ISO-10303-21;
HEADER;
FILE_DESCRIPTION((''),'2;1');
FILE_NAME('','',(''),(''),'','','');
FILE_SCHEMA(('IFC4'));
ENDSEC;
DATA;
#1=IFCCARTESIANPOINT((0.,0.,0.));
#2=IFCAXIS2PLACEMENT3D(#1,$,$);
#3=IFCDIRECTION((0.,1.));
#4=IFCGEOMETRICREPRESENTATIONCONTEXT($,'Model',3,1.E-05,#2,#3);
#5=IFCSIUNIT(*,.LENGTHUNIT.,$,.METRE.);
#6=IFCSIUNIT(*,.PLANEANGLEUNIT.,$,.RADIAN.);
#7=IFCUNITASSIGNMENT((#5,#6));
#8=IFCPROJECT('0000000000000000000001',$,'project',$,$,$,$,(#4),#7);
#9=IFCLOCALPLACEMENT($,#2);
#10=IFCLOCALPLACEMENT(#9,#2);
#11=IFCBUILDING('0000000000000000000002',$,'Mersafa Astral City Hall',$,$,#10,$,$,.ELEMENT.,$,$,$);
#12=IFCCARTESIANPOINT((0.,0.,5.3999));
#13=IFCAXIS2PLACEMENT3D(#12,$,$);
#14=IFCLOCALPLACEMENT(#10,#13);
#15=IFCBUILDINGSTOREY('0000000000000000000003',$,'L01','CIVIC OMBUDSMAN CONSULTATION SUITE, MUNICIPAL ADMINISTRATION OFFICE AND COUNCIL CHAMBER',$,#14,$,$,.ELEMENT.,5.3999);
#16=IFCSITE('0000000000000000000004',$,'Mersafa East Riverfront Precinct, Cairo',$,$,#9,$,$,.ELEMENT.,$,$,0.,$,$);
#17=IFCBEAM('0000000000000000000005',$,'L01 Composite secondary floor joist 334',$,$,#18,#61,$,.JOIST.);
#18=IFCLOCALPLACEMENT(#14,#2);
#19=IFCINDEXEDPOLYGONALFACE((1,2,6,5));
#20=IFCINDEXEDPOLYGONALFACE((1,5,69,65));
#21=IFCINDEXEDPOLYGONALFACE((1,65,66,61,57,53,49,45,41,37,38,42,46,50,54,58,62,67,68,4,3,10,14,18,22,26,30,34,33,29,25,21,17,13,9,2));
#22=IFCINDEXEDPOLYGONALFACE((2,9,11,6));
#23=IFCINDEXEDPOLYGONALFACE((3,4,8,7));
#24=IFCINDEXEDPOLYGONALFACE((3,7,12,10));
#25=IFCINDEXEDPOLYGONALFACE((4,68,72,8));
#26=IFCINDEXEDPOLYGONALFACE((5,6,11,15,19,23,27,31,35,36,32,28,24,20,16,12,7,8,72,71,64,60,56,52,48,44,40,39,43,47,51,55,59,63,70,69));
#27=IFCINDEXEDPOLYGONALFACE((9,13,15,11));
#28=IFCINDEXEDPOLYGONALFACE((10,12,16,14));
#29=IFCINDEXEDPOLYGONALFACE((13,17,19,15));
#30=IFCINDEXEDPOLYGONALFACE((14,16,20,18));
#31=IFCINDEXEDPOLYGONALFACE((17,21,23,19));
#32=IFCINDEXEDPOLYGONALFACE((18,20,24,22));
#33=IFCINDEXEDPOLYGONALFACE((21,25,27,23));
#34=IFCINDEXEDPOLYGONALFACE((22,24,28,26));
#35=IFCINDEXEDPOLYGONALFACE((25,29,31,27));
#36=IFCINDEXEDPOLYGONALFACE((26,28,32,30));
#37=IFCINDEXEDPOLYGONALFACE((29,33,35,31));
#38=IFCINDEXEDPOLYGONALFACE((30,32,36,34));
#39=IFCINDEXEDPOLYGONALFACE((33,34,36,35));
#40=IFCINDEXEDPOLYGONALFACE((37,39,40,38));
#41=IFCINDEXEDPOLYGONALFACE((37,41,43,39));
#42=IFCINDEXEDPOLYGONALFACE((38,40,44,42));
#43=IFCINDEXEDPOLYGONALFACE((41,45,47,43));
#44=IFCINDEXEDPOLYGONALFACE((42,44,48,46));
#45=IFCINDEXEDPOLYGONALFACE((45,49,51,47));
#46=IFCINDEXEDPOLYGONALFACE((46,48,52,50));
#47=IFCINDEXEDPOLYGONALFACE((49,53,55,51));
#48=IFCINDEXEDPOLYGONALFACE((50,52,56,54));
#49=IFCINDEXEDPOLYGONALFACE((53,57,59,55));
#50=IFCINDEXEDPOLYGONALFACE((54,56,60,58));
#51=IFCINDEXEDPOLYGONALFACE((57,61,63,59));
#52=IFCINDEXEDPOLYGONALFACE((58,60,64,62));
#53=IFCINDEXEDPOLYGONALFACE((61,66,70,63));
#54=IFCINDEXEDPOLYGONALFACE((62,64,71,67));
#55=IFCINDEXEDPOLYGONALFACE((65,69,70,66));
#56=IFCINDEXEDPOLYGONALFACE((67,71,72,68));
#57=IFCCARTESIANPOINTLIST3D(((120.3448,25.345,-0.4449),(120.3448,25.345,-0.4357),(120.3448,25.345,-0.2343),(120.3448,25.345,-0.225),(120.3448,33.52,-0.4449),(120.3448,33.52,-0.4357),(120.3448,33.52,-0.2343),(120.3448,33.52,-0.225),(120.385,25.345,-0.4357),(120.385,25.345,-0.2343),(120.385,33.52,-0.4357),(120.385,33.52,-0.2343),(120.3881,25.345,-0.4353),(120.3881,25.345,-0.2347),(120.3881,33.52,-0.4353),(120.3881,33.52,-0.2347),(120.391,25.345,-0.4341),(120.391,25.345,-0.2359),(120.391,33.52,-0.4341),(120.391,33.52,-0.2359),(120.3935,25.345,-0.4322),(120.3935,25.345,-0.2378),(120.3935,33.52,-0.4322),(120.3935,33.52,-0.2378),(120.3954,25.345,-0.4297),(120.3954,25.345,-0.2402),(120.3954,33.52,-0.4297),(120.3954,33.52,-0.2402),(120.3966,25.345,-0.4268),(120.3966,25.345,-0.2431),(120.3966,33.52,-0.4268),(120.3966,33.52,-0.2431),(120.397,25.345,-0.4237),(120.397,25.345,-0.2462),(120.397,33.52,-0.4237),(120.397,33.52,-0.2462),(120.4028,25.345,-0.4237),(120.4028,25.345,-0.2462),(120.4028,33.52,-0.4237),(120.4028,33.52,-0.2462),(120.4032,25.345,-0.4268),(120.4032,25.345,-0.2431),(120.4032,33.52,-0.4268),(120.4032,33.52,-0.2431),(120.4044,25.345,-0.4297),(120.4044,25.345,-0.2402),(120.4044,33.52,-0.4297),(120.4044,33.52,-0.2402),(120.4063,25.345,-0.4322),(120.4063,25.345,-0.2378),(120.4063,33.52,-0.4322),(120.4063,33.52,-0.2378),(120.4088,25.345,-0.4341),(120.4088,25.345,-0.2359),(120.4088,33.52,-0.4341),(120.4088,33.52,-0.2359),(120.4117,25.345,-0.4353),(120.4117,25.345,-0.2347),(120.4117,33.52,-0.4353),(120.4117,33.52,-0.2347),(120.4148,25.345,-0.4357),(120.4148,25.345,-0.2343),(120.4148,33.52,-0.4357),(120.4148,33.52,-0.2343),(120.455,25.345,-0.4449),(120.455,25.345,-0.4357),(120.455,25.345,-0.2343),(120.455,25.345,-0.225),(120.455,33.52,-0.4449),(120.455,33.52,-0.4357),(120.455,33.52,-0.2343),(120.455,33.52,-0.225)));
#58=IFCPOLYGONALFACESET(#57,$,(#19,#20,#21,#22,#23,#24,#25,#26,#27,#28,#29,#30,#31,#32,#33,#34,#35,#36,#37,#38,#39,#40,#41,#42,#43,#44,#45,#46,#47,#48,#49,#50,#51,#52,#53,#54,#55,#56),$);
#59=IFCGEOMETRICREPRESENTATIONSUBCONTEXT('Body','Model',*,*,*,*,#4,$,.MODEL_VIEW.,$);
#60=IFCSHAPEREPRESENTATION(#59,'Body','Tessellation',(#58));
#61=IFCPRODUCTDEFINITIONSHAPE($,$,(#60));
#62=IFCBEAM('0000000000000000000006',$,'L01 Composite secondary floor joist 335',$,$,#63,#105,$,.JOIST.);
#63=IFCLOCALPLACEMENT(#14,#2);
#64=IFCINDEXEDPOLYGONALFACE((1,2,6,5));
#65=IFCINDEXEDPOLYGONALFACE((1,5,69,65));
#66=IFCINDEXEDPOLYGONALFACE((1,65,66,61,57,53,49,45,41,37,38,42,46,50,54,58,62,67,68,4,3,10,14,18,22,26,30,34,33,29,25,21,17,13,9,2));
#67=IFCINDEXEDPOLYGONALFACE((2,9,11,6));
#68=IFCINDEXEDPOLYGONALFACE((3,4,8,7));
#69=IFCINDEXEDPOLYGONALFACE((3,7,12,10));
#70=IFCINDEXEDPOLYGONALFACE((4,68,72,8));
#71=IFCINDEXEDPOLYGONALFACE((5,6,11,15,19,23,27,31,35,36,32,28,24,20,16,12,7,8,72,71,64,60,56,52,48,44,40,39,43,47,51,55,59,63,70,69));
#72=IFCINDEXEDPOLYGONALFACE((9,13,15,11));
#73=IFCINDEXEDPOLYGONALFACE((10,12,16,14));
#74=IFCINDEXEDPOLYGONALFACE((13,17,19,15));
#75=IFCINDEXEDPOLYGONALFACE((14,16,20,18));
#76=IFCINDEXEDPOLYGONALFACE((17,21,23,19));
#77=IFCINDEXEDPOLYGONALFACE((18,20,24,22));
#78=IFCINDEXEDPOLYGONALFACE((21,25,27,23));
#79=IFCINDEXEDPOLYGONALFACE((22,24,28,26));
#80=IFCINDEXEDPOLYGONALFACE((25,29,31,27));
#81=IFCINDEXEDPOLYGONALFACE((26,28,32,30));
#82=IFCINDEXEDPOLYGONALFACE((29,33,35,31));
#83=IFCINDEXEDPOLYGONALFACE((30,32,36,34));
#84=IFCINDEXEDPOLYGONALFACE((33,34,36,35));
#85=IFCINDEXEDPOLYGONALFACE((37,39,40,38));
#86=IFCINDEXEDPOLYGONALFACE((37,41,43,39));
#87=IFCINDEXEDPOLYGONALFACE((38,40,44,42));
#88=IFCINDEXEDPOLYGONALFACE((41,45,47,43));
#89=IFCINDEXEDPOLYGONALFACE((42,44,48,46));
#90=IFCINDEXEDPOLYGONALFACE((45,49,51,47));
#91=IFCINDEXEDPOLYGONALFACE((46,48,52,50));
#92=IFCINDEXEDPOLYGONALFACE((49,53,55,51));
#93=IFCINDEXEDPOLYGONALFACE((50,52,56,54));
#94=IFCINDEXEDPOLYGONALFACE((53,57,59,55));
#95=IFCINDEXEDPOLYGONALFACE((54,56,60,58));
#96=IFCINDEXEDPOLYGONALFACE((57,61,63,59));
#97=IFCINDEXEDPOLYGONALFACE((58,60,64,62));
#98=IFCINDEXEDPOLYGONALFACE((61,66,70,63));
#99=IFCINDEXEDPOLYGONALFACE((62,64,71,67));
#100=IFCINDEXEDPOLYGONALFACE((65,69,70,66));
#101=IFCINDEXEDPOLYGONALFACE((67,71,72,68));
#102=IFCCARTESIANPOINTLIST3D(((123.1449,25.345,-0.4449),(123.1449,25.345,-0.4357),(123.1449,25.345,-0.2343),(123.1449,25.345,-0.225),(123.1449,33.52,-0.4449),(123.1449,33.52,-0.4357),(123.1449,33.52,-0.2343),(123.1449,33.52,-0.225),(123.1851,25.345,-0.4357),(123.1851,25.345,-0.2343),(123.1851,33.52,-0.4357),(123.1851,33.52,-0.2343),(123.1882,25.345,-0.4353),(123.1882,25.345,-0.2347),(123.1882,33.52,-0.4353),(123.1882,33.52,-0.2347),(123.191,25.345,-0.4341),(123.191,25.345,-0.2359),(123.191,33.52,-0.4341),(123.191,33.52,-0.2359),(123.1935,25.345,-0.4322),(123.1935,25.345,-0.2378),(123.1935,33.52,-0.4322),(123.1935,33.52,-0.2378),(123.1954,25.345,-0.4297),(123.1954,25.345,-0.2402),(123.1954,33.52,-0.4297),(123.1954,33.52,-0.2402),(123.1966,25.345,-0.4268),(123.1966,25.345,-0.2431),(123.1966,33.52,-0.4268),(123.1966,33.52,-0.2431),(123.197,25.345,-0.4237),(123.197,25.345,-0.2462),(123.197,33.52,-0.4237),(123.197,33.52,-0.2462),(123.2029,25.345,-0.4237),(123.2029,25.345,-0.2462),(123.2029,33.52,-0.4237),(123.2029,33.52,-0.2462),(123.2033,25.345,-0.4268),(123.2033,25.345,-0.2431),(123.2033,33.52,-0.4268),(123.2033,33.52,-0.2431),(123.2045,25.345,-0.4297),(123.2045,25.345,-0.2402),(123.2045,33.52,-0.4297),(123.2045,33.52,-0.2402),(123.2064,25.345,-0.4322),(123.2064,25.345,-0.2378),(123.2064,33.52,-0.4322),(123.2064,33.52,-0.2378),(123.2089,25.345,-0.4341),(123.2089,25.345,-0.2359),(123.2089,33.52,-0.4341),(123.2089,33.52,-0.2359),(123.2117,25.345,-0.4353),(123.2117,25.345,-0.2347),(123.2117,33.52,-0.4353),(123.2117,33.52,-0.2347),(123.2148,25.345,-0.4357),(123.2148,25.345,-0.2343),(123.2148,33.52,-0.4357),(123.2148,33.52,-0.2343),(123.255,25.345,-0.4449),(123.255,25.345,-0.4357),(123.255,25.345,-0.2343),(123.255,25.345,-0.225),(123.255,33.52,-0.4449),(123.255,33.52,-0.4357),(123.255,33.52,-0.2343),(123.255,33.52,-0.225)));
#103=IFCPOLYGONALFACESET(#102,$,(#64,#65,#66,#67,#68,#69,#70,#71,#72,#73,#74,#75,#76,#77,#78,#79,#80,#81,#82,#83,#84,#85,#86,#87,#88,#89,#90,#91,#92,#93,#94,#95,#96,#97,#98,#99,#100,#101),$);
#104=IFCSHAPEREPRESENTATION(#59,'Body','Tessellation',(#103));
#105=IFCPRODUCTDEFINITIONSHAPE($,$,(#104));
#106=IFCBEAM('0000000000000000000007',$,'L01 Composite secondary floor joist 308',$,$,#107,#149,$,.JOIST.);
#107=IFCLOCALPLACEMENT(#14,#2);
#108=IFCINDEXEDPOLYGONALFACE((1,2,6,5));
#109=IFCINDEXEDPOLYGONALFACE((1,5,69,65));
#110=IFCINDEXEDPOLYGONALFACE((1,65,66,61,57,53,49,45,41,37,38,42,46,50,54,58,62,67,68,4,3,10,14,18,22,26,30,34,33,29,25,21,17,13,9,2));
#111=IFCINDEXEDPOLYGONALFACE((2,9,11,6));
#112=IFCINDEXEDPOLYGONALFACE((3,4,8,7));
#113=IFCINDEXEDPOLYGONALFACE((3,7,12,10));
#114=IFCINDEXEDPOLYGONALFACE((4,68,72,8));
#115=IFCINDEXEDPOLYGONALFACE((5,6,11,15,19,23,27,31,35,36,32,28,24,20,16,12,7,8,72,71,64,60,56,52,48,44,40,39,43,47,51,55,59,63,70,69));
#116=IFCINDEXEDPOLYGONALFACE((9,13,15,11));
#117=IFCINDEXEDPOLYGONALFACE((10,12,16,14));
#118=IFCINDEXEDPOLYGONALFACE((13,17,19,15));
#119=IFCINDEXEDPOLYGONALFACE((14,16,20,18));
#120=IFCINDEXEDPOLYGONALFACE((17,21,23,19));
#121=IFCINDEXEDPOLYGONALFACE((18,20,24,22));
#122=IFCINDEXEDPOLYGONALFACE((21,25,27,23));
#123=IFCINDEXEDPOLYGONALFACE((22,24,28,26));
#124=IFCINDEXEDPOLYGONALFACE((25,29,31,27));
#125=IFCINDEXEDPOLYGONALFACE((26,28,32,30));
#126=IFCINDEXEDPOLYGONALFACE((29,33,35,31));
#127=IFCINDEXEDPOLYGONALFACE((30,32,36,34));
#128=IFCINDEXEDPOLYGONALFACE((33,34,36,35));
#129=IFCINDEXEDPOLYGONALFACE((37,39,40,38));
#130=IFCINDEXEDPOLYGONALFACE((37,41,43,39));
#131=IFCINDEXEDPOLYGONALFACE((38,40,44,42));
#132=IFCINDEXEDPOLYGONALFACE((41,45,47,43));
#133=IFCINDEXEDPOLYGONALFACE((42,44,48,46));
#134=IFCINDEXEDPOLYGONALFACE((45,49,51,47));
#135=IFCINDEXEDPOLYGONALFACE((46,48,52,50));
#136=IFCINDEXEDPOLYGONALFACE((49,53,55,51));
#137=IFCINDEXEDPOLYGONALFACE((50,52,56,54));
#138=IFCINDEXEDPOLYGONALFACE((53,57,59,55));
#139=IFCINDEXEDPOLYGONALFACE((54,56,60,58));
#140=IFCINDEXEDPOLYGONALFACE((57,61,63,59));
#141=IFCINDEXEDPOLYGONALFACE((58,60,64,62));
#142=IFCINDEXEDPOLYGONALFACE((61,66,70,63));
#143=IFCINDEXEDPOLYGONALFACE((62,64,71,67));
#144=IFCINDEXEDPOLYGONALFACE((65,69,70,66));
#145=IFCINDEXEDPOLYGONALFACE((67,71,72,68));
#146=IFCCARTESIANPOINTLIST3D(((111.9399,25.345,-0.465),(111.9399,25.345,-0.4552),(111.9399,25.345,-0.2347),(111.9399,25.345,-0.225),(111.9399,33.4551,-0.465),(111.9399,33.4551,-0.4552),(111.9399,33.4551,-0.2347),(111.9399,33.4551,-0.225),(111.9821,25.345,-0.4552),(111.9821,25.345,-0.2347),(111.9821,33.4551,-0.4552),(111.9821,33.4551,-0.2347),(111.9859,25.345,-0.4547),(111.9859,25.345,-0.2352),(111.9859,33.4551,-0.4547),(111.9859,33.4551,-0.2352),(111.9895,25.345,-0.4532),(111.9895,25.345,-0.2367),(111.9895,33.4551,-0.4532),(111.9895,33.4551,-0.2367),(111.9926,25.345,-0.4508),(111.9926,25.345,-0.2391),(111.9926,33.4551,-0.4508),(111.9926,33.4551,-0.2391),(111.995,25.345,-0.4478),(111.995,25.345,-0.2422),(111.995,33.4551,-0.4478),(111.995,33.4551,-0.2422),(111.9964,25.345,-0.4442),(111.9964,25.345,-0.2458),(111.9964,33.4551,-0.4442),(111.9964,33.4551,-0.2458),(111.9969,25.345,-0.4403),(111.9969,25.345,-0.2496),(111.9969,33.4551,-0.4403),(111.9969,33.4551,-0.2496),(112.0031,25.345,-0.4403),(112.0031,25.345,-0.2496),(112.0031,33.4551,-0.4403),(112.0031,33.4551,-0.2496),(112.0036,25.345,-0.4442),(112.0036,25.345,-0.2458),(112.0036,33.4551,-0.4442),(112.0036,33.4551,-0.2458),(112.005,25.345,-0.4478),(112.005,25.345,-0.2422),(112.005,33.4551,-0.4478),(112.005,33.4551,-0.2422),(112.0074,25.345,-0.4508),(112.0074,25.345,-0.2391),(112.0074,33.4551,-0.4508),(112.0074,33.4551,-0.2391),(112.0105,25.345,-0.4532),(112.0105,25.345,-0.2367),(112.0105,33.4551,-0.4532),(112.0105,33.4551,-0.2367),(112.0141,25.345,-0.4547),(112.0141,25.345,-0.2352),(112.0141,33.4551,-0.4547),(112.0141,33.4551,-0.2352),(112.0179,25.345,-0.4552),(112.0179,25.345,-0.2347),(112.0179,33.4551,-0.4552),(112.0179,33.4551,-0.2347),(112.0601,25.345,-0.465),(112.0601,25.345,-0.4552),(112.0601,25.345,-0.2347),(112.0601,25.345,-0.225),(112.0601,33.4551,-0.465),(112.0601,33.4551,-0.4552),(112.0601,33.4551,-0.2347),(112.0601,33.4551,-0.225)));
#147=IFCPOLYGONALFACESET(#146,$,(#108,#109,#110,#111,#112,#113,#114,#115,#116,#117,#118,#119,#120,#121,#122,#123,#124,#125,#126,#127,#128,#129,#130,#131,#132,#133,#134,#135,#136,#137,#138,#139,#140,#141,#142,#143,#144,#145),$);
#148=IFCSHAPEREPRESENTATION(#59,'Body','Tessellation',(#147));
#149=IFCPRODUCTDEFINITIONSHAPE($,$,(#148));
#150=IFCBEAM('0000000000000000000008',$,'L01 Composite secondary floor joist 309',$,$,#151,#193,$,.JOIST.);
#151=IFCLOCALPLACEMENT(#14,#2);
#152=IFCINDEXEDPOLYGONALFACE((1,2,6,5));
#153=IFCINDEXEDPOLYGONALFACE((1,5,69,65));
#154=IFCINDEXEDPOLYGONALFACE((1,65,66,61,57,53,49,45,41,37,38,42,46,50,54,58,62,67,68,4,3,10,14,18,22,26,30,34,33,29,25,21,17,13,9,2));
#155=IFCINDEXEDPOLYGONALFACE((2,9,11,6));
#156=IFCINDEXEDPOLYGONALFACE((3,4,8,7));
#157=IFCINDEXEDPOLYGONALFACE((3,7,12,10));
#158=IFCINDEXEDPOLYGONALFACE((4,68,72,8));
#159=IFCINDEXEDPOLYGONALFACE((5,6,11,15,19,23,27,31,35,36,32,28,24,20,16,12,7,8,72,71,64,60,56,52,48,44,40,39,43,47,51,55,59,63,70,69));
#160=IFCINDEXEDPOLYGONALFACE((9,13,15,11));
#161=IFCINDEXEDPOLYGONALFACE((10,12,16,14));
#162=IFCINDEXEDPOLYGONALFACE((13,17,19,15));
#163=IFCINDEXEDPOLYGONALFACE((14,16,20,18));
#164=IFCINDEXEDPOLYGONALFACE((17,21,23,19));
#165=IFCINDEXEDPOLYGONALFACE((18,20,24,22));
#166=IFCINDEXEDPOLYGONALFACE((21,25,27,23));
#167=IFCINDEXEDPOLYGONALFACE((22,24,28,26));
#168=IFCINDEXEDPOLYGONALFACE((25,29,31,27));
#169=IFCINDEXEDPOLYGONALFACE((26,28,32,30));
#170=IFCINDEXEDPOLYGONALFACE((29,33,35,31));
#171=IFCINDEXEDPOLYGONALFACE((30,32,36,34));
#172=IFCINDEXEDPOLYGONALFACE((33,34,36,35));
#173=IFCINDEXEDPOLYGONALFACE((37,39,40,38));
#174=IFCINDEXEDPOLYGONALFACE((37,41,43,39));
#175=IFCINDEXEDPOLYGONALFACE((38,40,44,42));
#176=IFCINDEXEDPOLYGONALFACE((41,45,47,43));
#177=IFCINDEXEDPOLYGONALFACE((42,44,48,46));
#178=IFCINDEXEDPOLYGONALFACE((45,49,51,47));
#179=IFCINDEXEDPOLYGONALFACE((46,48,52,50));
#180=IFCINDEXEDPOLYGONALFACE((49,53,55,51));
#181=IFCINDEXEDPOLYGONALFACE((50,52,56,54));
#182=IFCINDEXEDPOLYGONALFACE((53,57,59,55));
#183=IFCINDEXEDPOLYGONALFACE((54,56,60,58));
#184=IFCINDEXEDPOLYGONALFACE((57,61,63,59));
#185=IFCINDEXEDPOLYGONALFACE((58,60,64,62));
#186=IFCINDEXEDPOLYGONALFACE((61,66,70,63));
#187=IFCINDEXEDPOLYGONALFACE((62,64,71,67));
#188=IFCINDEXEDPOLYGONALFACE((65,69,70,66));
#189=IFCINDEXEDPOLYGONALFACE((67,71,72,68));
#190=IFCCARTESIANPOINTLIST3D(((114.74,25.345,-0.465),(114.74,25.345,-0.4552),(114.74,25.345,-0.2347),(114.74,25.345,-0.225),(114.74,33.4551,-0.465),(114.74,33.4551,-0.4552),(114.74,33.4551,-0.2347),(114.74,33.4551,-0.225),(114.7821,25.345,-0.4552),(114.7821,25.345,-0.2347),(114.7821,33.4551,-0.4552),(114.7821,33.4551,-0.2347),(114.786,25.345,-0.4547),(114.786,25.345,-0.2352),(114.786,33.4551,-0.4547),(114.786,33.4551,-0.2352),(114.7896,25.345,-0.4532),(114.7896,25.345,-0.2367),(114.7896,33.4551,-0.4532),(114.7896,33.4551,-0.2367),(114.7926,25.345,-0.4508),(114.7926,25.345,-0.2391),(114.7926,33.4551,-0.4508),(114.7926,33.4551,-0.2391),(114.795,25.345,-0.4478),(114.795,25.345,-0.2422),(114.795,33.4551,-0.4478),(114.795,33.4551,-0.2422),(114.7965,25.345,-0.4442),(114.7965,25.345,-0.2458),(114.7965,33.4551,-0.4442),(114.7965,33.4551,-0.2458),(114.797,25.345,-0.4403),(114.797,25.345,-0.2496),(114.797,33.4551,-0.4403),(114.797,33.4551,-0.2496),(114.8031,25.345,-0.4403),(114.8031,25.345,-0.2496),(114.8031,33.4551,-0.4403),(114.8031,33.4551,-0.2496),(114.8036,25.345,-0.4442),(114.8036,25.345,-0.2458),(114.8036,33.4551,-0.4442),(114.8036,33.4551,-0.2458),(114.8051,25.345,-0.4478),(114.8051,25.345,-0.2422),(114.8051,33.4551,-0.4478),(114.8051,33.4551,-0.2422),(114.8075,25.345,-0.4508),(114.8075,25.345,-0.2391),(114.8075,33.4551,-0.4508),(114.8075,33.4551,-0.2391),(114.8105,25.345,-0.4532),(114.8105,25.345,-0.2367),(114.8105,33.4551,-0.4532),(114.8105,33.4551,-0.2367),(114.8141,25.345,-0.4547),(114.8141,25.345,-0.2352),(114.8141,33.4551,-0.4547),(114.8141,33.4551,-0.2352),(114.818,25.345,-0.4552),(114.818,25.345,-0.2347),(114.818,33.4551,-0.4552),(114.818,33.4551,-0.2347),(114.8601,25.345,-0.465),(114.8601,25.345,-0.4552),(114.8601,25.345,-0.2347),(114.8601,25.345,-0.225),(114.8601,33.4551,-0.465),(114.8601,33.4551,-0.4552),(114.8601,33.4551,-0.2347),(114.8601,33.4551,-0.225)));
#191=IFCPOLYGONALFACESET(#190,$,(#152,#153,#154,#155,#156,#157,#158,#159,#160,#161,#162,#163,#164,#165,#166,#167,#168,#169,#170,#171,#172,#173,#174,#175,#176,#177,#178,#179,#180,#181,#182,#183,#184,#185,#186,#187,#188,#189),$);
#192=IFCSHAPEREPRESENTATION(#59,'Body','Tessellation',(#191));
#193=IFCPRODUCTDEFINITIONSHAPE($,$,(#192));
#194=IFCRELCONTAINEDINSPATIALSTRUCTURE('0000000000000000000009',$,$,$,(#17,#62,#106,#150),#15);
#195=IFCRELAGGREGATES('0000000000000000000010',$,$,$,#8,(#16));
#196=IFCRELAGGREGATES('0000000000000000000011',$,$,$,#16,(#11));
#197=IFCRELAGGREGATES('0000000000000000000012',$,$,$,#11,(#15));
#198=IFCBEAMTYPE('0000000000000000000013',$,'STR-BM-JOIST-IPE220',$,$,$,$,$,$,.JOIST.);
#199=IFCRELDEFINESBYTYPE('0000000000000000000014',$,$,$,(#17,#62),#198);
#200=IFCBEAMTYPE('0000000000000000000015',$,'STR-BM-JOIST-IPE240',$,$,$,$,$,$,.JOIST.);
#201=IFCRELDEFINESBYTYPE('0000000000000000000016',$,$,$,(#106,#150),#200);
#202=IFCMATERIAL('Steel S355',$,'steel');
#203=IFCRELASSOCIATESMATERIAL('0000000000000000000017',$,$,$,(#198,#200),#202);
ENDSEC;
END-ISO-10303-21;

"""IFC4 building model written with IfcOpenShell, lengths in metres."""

from ifc_helpers import new_model, si_unit, direction, frame, origin, origin_2d, place, context, subcontext, project, spatial, i_section, extrude, material, material_profile, profile_set, type_object, element, save


model = new_model("IFC4")

# Units and contexts
model_context = context("Model", 3, precision=1e-05, world=origin(), true_north=direction((0.0, 1.0)))
body_context = subcontext(model_context, "Body", "Model", "MODEL_VIEW")
ifc_project = project(units=[si_unit("LENGTHUNIT", "METRE"), si_unit("PLANEANGLEUNIT", "RADIAN")], contexts=[model_context])

# Site, building, storey
site_placement = place(None, origin())
site = spatial("IfcSite", under=ifc_project, at=site_placement, Name="Mersafa East Riverfront Precinct, Cairo", CompositionType="ELEMENT", RefElevation=0.0)
building_placement = place(site_placement, origin())
building = spatial("IfcBuilding", under=site, at=building_placement, Name="Mersafa Astral City Hall", CompositionType="ELEMENT")
storey_placement = place(building_placement, frame((0.0, 0.0, 5.3999)))
storey = spatial("IfcBuildingStorey", under=building, at=storey_placement, Name="L01", Description="CIVIC OMBUDSMAN CONSULTATION SUITE, MUNICIPAL ADMINISTRATION OFFICE AND COUNCIL CHAMBER", CompositionType="ELEMENT", Elevation=5.3999)

# Shared definitions
ifc_material_1 = material(Name="Steel S355", Category="steel")

# Beams
ifc_material_profile_1 = material_profile(ifc_material_1, i_section(OverallWidth=0.1101, OverallDepth=0.22, WebThickness=0.0059, FlangeThickness=0.0093, FilletRadius=0.012, at=origin_2d()), Name="IPE 220")
ifc_profile_set_1 = profile_set([ifc_material_profile_1], Name="Steel S355")
beam_type_1 = type_object("IfcBeamType", Name="STR-BM-JOIST-IPE220", PredefinedType="JOIST", material=ifc_profile_set_1)
for number, where, z_axis, x_axis, name in (
    (1, (120.3999, 25.345, -0.335), (0.0, 1.0, 0.0), (-1.0, 0.0, 0.0), "L01 Composite secondary floor joist 334"),
    (2, (123.2, 25.345, -0.335), (0.0, 1.0, 0.0), (-1.0, 0.0, 0.0), "L01 Composite secondary floor joist 335"),
):
    element("IfcBeam", number, at=place(storey_placement, frame(where, z_axis=z_axis, x_axis=x_axis)), inside=storey, type_object=beam_type_1, Name=name, PredefinedType="JOIST", context=body_context, shape_type="SweptSolid", body=[
        extrude(i_section(OverallWidth=0.1101, OverallDepth=0.22, WebThickness=0.0059, FlangeThickness=0.0093, FilletRadius=0.012, at=origin_2d()), origin(), (0.0, 0.0, 1.0), 8.175),
    ])
ifc_material_profile_2 = material_profile(ifc_material_1, i_section(OverallWidth=0.1201, OverallDepth=0.24, WebThickness=0.0061, FlangeThickness=0.0098, FilletRadius=0.0149, at=origin_2d()), Name="IPE 240")
ifc_profile_set_2 = profile_set([ifc_material_profile_2], Name="Steel S355")
beam_type_2 = type_object("IfcBeamType", Name="STR-BM-JOIST-IPE240", PredefinedType="JOIST", material=ifc_profile_set_2)
for number, where, z_axis, x_axis, name in (
    (3, (112.0, 25.345, -0.345), (0.0, 1.0, 0.0), (-1.0, 0.0, 0.0), "L01 Composite secondary floor joist 308"),
    (4, (114.8, 25.345, -0.345), (0.0, 1.0, 0.0), (-1.0, 0.0, 0.0), "L01 Composite secondary floor joist 309"),
):
    element("IfcBeam", number, at=place(storey_placement, frame(where, z_axis=z_axis, x_axis=x_axis)), inside=storey, type_object=beam_type_2, Name=name, PredefinedType="JOIST", context=body_context, shape_type="SweptSolid", body=[
        extrude(i_section(OverallWidth=0.1201, OverallDepth=0.24, WebThickness=0.0061, FlangeThickness=0.0098, FilletRadius=0.0149, at=origin_2d()), origin(), (0.0, 0.0, 1.0), 8.1101),
    ])

save(model, "model.ifc")
